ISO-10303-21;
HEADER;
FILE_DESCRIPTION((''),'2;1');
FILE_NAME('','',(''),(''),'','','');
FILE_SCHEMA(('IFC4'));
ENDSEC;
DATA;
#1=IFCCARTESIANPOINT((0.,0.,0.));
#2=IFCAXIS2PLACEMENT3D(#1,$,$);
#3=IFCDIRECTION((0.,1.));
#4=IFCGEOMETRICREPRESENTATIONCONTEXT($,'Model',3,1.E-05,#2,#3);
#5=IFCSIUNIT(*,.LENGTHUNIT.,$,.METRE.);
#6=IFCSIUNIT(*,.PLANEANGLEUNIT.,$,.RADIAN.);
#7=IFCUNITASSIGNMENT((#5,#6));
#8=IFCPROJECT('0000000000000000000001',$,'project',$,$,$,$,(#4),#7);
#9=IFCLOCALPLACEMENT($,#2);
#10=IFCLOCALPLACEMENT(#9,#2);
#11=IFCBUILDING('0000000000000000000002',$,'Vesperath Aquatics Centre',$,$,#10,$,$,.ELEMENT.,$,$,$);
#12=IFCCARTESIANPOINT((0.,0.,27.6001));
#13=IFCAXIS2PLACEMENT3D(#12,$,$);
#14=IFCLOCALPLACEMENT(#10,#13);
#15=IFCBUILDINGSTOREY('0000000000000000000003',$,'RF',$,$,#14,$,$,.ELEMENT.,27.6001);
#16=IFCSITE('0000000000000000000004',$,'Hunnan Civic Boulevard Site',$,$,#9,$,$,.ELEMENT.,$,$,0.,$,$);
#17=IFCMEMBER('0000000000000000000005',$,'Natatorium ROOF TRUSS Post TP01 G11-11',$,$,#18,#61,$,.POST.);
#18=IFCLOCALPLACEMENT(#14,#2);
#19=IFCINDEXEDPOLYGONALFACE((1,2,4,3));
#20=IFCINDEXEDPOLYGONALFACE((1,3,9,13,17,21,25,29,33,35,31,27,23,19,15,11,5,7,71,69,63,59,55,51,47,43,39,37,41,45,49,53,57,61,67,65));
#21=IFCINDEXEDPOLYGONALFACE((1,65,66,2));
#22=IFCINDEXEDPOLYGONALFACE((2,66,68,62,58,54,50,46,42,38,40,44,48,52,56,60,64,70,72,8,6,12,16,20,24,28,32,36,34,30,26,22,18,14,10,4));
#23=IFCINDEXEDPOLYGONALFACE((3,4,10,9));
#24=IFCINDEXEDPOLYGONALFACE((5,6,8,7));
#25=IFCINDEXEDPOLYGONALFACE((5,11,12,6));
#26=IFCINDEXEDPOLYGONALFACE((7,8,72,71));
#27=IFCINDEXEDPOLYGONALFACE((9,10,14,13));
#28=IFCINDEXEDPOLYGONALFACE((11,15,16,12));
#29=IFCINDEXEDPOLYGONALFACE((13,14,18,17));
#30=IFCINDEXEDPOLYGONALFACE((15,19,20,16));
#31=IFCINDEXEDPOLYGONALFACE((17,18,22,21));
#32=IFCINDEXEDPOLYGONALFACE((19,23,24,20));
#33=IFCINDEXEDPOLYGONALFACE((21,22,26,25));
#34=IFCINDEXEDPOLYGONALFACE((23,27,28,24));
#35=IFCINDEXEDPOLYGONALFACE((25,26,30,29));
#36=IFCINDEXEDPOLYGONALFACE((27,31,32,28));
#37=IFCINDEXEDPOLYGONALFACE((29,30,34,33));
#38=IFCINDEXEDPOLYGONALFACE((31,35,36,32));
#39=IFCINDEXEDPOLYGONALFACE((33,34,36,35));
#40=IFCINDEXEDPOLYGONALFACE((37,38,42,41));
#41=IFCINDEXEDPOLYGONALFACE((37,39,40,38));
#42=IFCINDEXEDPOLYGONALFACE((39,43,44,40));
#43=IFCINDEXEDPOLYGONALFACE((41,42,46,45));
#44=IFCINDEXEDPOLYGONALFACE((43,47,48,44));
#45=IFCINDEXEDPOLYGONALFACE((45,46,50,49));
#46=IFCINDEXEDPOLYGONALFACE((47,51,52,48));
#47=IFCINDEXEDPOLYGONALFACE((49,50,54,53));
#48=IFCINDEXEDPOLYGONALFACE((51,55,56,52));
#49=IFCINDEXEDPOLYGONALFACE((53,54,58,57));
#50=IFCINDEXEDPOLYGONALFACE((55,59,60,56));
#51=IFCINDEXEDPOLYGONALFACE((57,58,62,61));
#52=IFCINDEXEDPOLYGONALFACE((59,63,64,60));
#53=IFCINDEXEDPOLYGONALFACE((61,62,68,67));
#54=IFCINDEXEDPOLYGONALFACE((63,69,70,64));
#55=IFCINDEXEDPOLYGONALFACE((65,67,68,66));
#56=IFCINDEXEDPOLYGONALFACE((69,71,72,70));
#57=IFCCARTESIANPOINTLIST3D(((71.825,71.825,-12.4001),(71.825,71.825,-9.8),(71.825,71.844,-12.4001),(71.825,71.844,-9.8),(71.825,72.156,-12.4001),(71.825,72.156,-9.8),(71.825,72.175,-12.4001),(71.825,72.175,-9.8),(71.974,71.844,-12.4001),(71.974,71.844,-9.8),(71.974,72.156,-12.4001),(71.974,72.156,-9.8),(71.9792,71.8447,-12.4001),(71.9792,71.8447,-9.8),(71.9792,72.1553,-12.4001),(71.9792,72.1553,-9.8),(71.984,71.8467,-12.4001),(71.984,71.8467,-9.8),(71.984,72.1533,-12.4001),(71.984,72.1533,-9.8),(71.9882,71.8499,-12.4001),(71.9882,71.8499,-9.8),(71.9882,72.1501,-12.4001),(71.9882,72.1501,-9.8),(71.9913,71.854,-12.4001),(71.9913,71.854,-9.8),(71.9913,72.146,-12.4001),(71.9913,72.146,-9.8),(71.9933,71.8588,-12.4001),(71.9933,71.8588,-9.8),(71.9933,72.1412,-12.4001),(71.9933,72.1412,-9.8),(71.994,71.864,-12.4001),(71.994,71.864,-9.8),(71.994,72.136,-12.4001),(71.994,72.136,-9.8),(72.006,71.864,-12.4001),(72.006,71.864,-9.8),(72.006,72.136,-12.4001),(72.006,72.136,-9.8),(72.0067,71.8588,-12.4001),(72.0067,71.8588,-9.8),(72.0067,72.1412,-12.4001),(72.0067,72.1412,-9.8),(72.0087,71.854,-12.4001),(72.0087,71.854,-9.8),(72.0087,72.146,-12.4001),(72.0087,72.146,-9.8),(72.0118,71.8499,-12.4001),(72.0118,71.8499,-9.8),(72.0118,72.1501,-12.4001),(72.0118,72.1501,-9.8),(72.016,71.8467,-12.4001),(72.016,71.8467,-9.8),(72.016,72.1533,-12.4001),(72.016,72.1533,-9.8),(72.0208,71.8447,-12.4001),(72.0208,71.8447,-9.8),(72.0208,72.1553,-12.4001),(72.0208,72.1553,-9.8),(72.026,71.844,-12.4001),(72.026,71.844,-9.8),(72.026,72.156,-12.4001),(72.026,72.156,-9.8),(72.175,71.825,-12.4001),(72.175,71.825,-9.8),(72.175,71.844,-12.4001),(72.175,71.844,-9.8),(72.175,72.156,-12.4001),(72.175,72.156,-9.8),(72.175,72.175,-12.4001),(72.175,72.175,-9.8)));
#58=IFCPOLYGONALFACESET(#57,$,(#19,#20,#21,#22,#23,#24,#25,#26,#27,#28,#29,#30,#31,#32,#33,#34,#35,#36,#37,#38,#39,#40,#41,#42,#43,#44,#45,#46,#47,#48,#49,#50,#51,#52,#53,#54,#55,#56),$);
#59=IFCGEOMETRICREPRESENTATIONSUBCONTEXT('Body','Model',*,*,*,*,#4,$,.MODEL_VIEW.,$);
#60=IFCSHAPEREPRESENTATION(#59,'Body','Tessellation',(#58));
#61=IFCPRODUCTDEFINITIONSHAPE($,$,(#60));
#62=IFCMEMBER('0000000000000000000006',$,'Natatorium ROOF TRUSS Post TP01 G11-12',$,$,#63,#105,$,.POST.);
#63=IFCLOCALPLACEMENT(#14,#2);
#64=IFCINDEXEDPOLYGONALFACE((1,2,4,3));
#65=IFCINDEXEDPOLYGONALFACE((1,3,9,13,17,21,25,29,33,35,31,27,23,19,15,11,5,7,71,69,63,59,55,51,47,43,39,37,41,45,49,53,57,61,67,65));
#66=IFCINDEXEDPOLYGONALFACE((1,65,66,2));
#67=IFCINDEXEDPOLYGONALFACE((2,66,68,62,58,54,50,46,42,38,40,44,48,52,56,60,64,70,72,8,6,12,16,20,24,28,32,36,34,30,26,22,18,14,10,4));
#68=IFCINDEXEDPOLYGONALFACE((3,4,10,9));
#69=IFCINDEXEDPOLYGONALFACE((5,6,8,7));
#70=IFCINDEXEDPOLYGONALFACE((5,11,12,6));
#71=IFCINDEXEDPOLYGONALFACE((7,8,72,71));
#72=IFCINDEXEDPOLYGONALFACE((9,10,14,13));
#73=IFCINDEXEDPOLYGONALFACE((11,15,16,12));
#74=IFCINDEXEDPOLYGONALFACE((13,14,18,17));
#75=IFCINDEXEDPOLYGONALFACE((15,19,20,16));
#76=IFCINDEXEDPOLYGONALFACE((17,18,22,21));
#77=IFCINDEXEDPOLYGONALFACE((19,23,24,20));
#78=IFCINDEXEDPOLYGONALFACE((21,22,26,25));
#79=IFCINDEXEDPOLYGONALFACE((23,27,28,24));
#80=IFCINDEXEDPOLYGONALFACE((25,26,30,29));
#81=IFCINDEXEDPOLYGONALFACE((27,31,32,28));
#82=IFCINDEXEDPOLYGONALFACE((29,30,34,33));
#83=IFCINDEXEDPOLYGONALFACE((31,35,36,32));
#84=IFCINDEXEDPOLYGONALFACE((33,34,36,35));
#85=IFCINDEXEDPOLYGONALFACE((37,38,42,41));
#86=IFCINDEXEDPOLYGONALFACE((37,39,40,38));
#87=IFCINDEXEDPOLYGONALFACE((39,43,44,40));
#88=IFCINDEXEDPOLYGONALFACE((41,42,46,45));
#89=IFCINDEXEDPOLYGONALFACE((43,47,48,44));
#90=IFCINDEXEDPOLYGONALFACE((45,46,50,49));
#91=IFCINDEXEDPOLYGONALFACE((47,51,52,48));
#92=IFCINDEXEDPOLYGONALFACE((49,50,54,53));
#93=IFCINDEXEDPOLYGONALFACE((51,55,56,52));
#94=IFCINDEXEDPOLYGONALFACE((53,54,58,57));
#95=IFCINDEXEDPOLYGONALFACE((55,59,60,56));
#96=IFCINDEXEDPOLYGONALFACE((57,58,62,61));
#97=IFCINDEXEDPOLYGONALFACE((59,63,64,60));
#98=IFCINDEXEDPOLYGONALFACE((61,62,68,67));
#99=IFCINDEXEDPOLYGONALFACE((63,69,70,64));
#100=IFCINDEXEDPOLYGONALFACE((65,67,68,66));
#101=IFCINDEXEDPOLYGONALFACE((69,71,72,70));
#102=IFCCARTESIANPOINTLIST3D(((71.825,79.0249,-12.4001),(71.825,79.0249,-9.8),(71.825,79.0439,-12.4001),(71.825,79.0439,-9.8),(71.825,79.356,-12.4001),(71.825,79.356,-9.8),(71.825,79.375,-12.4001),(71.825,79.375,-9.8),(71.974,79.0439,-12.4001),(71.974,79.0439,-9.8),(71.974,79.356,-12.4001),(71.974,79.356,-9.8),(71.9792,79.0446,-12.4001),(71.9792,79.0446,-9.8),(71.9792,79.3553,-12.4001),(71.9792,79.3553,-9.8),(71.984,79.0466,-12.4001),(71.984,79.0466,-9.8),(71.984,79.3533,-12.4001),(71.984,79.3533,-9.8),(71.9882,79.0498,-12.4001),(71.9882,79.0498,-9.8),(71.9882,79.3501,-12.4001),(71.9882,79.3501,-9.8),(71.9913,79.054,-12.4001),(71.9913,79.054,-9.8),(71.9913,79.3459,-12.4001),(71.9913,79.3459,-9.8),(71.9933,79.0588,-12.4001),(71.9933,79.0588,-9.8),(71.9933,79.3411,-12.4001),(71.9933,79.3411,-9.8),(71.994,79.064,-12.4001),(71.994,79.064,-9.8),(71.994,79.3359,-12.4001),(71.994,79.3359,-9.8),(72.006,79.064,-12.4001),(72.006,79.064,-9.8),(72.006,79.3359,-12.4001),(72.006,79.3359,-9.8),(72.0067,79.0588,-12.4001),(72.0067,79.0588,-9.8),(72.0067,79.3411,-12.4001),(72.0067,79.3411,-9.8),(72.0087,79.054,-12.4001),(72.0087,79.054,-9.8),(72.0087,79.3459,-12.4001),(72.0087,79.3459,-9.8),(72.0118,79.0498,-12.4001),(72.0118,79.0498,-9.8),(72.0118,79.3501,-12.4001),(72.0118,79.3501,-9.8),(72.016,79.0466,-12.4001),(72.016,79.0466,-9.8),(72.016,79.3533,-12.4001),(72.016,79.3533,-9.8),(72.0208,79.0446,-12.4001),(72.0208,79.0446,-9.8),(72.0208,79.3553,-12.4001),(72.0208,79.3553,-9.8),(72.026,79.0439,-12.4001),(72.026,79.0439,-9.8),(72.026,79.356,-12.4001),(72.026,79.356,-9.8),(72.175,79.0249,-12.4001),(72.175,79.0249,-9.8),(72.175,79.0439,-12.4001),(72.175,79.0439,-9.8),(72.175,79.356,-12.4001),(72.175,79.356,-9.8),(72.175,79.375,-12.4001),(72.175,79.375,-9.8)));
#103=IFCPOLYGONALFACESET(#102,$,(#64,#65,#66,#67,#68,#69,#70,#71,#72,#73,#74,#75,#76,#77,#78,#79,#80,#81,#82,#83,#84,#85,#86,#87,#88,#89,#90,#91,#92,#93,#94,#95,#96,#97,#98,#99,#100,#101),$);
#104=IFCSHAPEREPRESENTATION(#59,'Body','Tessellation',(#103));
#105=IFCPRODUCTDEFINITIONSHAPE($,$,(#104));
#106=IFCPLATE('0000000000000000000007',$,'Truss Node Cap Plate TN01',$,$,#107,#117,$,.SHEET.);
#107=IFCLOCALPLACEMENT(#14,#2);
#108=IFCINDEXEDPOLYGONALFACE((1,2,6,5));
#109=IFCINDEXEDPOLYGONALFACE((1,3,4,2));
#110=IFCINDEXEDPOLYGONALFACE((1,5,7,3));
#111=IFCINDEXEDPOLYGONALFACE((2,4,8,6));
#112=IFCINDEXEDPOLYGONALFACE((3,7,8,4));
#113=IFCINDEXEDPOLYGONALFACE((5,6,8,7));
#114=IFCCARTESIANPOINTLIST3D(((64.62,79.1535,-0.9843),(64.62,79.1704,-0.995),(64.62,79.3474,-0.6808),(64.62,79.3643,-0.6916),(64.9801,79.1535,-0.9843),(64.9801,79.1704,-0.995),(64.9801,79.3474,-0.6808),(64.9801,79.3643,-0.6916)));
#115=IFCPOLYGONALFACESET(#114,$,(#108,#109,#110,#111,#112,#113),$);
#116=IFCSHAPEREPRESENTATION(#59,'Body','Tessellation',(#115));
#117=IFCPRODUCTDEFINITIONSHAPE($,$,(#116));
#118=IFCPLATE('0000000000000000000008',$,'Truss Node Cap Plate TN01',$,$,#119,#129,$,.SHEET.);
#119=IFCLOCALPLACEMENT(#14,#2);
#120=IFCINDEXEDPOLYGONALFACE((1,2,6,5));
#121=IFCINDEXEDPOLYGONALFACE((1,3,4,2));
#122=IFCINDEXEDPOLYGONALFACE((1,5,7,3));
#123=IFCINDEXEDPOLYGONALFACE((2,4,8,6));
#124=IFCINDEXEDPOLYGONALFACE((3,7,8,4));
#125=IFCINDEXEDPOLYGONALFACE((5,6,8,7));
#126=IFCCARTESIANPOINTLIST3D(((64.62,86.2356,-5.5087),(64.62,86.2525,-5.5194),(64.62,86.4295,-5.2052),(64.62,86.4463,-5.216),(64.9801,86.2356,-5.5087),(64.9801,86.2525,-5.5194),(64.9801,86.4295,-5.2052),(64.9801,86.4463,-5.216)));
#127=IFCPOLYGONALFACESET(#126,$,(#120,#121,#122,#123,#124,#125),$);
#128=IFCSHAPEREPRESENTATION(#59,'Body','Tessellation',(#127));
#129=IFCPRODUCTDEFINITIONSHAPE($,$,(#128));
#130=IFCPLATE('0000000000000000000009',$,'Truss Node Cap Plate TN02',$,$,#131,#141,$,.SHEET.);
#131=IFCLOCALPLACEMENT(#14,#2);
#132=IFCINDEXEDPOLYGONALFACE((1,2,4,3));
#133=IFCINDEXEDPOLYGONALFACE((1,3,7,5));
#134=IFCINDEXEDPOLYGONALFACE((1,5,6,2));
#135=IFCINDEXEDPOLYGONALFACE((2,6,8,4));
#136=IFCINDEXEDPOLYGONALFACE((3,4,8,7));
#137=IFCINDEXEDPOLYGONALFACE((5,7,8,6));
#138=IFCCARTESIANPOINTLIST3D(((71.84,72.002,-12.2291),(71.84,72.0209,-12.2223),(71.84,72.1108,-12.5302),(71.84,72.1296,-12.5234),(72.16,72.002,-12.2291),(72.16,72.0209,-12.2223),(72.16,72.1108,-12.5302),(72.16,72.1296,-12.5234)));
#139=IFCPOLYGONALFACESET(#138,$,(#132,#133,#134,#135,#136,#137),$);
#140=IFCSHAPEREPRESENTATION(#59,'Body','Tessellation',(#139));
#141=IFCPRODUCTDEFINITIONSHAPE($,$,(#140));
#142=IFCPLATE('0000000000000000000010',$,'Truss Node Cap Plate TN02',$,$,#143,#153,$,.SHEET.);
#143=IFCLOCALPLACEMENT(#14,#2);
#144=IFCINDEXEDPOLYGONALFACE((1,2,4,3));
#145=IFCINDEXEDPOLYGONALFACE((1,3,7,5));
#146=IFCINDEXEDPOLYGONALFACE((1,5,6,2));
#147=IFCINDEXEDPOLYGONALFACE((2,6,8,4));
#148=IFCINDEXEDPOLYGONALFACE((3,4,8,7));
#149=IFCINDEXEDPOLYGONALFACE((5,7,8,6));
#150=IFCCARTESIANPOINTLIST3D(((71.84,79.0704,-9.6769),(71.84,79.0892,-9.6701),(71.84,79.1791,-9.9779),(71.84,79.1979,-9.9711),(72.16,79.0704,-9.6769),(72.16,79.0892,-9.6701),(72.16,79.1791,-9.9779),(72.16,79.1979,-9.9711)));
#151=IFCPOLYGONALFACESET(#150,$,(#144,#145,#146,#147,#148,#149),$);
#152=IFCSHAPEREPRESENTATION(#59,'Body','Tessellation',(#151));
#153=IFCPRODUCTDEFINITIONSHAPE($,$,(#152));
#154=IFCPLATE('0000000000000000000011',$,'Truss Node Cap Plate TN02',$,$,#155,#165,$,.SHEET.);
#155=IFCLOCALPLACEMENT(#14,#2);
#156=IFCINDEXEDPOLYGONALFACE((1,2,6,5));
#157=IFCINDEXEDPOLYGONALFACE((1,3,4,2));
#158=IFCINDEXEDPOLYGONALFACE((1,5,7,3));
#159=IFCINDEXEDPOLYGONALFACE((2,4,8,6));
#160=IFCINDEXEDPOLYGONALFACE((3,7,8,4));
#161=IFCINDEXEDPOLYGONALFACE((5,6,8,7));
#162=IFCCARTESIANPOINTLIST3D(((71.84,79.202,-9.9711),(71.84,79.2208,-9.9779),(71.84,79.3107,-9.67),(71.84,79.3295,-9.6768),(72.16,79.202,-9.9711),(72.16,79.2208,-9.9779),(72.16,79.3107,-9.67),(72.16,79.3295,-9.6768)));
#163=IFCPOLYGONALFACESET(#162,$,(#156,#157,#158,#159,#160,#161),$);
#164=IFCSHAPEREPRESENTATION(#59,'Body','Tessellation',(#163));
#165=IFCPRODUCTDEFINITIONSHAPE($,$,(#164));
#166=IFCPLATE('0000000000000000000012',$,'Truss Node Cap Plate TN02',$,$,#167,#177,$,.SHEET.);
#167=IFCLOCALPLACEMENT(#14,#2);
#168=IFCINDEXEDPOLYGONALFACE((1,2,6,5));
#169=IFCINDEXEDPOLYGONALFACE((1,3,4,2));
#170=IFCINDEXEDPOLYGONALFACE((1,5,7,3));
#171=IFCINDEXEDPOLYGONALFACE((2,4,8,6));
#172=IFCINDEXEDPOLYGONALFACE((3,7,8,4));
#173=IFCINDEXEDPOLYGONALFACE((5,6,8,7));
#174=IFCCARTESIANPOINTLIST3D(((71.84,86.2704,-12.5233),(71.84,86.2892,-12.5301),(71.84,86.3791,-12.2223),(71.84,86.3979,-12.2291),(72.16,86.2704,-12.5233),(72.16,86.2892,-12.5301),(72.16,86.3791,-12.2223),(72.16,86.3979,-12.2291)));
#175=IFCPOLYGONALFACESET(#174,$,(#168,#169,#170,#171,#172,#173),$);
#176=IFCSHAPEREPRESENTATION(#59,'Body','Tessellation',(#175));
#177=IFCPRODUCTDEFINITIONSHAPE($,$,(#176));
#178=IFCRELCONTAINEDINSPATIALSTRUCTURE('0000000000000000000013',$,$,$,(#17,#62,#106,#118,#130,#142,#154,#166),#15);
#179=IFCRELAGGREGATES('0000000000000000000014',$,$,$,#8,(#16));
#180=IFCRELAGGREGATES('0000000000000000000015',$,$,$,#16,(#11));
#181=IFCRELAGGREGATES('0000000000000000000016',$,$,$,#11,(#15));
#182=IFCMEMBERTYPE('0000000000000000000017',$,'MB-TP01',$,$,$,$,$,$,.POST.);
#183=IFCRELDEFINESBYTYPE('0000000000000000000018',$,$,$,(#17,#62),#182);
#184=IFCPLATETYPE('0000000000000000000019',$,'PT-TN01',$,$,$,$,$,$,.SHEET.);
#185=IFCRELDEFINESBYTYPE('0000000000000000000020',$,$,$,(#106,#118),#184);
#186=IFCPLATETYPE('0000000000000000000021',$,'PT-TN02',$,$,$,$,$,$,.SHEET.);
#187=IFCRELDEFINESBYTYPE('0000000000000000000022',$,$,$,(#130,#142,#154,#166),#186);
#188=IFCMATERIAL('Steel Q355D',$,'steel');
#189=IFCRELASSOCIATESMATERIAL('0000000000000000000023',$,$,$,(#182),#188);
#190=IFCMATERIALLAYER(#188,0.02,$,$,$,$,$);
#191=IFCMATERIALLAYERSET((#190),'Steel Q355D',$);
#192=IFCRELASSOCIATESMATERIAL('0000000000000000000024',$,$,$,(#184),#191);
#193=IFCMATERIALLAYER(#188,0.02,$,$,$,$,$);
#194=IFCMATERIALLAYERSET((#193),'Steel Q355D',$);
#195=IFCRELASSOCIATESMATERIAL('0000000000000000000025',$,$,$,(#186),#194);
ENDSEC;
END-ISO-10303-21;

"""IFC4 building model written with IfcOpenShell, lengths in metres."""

from ifc_helpers import new_model, si_unit, direction, frame, origin, origin_2d, place, context, subcontext, project, spatial, rectangle, i_section, extrude, material, layer, layer_set, material_profile, profile_set, type_object, element, save


model = new_model("IFC4")

# Units and contexts
model_context = context("Model", 3, precision=1e-05, world=origin(), true_north=direction((0.0, 1.0)))
body_context = subcontext(model_context, "Body", "Model", "MODEL_VIEW")
ifc_project = project(units=[si_unit("LENGTHUNIT", "METRE"), si_unit("PLANEANGLEUNIT", "RADIAN")], contexts=[model_context])

# Site, building, storey
site_placement = place(None, origin())
site = spatial("IfcSite", under=ifc_project, at=site_placement, Name="Hunnan Civic Boulevard Site", CompositionType="ELEMENT", RefElevation=0.0)
building_placement = place(site_placement, origin())
building = spatial("IfcBuilding", under=site, at=building_placement, Name="Vesperath Aquatics Centre", CompositionType="ELEMENT")
storey_placement = place(building_placement, frame((0.0, 0.0, 27.6001)))
storey = spatial("IfcBuildingStorey", under=building, at=storey_placement, Name="RF", CompositionType="ELEMENT", Elevation=27.6001)

# Members
ifc_material_1 = material(Name="Steel Q355D", Category="steel")
ifc_material_profile_1 = material_profile(ifc_material_1, i_section(OverallWidth=0.3501, OverallDepth=0.3501, WebThickness=0.012, FlangeThickness=0.019, FilletRadius=0.02, at=origin_2d()), Name="HW 350x350x12x19")
ifc_profile_set_1 = profile_set([ifc_material_profile_1], Name="Steel Q355D")
member_type_1 = type_object("IfcMemberType", Name="MB-TP01", PredefinedType="POST", material=ifc_profile_set_1)
for number, where, z_axis, x_axis, name in (
    (1, (72.0, 72.0, -12.4001), (0.0, 0.0, 1.0), (1.0, 0.0, 0.0), "Natatorium ROOF TRUSS Post TP01 G11-11"),
    (2, (72.0, 79.2, -12.4001), (0.0, 0.0, 1.0), (1.0, 0.0, 0.0), "Natatorium ROOF TRUSS Post TP01 G11-12"),
):
    element("IfcMember", number, at=place(storey_placement, frame(where, z_axis=z_axis, x_axis=x_axis)), inside=storey, type_object=member_type_1, Name=name, PredefinedType="POST", context=body_context, shape_type="SweptSolid", body=[
        extrude(i_section(OverallWidth=0.3501, OverallDepth=0.3501, WebThickness=0.012, FlangeThickness=0.019, FilletRadius=0.02, at=origin_2d()), origin(), (0.0, 0.0, 1.0), 2.6001),
    ])

# Plates
ifc_layer_1 = layer(ifc_material_1, 0.02)
ifc_layer_set_1 = layer_set([ifc_layer_1], Name="Steel Q355D")
plate_type_1 = type_object("IfcPlateType", Name="PT-TN01", PredefinedType="SHEET", material=ifc_layer_set_1)
for number, where, z_axis, x_axis, name in (
    (3, (64.8, 79.2505, -0.8325), (0.0, 0.842696, -0.538389), (-1.0, 0.0, 0.0), "Truss Node Cap Plate TN01"),
    (4, (64.8, 86.3325, -5.3569), (0.0, 0.842696, -0.538389), (-1.0, 0.0, 0.0), "Truss Node Cap Plate TN01"),
):
    element("IfcPlate", number, at=place(storey_placement, frame(where, z_axis=z_axis, x_axis=x_axis)), inside=storey, type_object=plate_type_1, Name=name, PredefinedType="SHEET", context=body_context, shape_type="SweptSolid", body=[
        extrude(rectangle(XDim=0.3601, YDim=0.3601, at=origin_2d()), origin(), (0.0, 0.0, 1.0), 0.02),
    ])
ifc_layer_2 = layer(ifc_material_1, 0.02)
ifc_layer_set_2 = layer_set([ifc_layer_2], Name="Steel Q355D")
plate_type_2 = type_object("IfcPlateType", Name="PT-TN02", PredefinedType="SHEET", material=ifc_layer_set_2)
for number, where, z_axis, x_axis, name in (
    (5, (72.0, 72.0564, -12.3796), (0.0, 0.940554, 0.339644), (-1.0, 0.0, 0.0), "Truss Node Cap Plate TN02"),
    (6, (72.0, 79.1248, -9.8274), (0.0, 0.940554, 0.339644), (-1.0, 0.0, 0.0), "Truss Node Cap Plate TN02"),
    (7, (72.0, 79.2563, -9.8206), (0.0, 0.940554, -0.339644), (-1.0, 0.0, 0.0), "Truss Node Cap Plate TN02"),
    (8, (72.0, 86.3247, -12.3728), (0.0, 0.940554, -0.339644), (-1.0, 0.0, 0.0), "Truss Node Cap Plate TN02"),
):
    element("IfcPlate", number, at=place(storey_placement, frame(where, z_axis=z_axis, x_axis=x_axis)), inside=storey, type_object=plate_type_2, Name=name, PredefinedType="SHEET", context=body_context, shape_type="SweptSolid", body=[
        extrude(rectangle(XDim=0.3201, YDim=0.3201, at=origin_2d()), origin(), (0.0, 0.0, 1.0), 0.02),
    ])

save(model, "model.ifc")
